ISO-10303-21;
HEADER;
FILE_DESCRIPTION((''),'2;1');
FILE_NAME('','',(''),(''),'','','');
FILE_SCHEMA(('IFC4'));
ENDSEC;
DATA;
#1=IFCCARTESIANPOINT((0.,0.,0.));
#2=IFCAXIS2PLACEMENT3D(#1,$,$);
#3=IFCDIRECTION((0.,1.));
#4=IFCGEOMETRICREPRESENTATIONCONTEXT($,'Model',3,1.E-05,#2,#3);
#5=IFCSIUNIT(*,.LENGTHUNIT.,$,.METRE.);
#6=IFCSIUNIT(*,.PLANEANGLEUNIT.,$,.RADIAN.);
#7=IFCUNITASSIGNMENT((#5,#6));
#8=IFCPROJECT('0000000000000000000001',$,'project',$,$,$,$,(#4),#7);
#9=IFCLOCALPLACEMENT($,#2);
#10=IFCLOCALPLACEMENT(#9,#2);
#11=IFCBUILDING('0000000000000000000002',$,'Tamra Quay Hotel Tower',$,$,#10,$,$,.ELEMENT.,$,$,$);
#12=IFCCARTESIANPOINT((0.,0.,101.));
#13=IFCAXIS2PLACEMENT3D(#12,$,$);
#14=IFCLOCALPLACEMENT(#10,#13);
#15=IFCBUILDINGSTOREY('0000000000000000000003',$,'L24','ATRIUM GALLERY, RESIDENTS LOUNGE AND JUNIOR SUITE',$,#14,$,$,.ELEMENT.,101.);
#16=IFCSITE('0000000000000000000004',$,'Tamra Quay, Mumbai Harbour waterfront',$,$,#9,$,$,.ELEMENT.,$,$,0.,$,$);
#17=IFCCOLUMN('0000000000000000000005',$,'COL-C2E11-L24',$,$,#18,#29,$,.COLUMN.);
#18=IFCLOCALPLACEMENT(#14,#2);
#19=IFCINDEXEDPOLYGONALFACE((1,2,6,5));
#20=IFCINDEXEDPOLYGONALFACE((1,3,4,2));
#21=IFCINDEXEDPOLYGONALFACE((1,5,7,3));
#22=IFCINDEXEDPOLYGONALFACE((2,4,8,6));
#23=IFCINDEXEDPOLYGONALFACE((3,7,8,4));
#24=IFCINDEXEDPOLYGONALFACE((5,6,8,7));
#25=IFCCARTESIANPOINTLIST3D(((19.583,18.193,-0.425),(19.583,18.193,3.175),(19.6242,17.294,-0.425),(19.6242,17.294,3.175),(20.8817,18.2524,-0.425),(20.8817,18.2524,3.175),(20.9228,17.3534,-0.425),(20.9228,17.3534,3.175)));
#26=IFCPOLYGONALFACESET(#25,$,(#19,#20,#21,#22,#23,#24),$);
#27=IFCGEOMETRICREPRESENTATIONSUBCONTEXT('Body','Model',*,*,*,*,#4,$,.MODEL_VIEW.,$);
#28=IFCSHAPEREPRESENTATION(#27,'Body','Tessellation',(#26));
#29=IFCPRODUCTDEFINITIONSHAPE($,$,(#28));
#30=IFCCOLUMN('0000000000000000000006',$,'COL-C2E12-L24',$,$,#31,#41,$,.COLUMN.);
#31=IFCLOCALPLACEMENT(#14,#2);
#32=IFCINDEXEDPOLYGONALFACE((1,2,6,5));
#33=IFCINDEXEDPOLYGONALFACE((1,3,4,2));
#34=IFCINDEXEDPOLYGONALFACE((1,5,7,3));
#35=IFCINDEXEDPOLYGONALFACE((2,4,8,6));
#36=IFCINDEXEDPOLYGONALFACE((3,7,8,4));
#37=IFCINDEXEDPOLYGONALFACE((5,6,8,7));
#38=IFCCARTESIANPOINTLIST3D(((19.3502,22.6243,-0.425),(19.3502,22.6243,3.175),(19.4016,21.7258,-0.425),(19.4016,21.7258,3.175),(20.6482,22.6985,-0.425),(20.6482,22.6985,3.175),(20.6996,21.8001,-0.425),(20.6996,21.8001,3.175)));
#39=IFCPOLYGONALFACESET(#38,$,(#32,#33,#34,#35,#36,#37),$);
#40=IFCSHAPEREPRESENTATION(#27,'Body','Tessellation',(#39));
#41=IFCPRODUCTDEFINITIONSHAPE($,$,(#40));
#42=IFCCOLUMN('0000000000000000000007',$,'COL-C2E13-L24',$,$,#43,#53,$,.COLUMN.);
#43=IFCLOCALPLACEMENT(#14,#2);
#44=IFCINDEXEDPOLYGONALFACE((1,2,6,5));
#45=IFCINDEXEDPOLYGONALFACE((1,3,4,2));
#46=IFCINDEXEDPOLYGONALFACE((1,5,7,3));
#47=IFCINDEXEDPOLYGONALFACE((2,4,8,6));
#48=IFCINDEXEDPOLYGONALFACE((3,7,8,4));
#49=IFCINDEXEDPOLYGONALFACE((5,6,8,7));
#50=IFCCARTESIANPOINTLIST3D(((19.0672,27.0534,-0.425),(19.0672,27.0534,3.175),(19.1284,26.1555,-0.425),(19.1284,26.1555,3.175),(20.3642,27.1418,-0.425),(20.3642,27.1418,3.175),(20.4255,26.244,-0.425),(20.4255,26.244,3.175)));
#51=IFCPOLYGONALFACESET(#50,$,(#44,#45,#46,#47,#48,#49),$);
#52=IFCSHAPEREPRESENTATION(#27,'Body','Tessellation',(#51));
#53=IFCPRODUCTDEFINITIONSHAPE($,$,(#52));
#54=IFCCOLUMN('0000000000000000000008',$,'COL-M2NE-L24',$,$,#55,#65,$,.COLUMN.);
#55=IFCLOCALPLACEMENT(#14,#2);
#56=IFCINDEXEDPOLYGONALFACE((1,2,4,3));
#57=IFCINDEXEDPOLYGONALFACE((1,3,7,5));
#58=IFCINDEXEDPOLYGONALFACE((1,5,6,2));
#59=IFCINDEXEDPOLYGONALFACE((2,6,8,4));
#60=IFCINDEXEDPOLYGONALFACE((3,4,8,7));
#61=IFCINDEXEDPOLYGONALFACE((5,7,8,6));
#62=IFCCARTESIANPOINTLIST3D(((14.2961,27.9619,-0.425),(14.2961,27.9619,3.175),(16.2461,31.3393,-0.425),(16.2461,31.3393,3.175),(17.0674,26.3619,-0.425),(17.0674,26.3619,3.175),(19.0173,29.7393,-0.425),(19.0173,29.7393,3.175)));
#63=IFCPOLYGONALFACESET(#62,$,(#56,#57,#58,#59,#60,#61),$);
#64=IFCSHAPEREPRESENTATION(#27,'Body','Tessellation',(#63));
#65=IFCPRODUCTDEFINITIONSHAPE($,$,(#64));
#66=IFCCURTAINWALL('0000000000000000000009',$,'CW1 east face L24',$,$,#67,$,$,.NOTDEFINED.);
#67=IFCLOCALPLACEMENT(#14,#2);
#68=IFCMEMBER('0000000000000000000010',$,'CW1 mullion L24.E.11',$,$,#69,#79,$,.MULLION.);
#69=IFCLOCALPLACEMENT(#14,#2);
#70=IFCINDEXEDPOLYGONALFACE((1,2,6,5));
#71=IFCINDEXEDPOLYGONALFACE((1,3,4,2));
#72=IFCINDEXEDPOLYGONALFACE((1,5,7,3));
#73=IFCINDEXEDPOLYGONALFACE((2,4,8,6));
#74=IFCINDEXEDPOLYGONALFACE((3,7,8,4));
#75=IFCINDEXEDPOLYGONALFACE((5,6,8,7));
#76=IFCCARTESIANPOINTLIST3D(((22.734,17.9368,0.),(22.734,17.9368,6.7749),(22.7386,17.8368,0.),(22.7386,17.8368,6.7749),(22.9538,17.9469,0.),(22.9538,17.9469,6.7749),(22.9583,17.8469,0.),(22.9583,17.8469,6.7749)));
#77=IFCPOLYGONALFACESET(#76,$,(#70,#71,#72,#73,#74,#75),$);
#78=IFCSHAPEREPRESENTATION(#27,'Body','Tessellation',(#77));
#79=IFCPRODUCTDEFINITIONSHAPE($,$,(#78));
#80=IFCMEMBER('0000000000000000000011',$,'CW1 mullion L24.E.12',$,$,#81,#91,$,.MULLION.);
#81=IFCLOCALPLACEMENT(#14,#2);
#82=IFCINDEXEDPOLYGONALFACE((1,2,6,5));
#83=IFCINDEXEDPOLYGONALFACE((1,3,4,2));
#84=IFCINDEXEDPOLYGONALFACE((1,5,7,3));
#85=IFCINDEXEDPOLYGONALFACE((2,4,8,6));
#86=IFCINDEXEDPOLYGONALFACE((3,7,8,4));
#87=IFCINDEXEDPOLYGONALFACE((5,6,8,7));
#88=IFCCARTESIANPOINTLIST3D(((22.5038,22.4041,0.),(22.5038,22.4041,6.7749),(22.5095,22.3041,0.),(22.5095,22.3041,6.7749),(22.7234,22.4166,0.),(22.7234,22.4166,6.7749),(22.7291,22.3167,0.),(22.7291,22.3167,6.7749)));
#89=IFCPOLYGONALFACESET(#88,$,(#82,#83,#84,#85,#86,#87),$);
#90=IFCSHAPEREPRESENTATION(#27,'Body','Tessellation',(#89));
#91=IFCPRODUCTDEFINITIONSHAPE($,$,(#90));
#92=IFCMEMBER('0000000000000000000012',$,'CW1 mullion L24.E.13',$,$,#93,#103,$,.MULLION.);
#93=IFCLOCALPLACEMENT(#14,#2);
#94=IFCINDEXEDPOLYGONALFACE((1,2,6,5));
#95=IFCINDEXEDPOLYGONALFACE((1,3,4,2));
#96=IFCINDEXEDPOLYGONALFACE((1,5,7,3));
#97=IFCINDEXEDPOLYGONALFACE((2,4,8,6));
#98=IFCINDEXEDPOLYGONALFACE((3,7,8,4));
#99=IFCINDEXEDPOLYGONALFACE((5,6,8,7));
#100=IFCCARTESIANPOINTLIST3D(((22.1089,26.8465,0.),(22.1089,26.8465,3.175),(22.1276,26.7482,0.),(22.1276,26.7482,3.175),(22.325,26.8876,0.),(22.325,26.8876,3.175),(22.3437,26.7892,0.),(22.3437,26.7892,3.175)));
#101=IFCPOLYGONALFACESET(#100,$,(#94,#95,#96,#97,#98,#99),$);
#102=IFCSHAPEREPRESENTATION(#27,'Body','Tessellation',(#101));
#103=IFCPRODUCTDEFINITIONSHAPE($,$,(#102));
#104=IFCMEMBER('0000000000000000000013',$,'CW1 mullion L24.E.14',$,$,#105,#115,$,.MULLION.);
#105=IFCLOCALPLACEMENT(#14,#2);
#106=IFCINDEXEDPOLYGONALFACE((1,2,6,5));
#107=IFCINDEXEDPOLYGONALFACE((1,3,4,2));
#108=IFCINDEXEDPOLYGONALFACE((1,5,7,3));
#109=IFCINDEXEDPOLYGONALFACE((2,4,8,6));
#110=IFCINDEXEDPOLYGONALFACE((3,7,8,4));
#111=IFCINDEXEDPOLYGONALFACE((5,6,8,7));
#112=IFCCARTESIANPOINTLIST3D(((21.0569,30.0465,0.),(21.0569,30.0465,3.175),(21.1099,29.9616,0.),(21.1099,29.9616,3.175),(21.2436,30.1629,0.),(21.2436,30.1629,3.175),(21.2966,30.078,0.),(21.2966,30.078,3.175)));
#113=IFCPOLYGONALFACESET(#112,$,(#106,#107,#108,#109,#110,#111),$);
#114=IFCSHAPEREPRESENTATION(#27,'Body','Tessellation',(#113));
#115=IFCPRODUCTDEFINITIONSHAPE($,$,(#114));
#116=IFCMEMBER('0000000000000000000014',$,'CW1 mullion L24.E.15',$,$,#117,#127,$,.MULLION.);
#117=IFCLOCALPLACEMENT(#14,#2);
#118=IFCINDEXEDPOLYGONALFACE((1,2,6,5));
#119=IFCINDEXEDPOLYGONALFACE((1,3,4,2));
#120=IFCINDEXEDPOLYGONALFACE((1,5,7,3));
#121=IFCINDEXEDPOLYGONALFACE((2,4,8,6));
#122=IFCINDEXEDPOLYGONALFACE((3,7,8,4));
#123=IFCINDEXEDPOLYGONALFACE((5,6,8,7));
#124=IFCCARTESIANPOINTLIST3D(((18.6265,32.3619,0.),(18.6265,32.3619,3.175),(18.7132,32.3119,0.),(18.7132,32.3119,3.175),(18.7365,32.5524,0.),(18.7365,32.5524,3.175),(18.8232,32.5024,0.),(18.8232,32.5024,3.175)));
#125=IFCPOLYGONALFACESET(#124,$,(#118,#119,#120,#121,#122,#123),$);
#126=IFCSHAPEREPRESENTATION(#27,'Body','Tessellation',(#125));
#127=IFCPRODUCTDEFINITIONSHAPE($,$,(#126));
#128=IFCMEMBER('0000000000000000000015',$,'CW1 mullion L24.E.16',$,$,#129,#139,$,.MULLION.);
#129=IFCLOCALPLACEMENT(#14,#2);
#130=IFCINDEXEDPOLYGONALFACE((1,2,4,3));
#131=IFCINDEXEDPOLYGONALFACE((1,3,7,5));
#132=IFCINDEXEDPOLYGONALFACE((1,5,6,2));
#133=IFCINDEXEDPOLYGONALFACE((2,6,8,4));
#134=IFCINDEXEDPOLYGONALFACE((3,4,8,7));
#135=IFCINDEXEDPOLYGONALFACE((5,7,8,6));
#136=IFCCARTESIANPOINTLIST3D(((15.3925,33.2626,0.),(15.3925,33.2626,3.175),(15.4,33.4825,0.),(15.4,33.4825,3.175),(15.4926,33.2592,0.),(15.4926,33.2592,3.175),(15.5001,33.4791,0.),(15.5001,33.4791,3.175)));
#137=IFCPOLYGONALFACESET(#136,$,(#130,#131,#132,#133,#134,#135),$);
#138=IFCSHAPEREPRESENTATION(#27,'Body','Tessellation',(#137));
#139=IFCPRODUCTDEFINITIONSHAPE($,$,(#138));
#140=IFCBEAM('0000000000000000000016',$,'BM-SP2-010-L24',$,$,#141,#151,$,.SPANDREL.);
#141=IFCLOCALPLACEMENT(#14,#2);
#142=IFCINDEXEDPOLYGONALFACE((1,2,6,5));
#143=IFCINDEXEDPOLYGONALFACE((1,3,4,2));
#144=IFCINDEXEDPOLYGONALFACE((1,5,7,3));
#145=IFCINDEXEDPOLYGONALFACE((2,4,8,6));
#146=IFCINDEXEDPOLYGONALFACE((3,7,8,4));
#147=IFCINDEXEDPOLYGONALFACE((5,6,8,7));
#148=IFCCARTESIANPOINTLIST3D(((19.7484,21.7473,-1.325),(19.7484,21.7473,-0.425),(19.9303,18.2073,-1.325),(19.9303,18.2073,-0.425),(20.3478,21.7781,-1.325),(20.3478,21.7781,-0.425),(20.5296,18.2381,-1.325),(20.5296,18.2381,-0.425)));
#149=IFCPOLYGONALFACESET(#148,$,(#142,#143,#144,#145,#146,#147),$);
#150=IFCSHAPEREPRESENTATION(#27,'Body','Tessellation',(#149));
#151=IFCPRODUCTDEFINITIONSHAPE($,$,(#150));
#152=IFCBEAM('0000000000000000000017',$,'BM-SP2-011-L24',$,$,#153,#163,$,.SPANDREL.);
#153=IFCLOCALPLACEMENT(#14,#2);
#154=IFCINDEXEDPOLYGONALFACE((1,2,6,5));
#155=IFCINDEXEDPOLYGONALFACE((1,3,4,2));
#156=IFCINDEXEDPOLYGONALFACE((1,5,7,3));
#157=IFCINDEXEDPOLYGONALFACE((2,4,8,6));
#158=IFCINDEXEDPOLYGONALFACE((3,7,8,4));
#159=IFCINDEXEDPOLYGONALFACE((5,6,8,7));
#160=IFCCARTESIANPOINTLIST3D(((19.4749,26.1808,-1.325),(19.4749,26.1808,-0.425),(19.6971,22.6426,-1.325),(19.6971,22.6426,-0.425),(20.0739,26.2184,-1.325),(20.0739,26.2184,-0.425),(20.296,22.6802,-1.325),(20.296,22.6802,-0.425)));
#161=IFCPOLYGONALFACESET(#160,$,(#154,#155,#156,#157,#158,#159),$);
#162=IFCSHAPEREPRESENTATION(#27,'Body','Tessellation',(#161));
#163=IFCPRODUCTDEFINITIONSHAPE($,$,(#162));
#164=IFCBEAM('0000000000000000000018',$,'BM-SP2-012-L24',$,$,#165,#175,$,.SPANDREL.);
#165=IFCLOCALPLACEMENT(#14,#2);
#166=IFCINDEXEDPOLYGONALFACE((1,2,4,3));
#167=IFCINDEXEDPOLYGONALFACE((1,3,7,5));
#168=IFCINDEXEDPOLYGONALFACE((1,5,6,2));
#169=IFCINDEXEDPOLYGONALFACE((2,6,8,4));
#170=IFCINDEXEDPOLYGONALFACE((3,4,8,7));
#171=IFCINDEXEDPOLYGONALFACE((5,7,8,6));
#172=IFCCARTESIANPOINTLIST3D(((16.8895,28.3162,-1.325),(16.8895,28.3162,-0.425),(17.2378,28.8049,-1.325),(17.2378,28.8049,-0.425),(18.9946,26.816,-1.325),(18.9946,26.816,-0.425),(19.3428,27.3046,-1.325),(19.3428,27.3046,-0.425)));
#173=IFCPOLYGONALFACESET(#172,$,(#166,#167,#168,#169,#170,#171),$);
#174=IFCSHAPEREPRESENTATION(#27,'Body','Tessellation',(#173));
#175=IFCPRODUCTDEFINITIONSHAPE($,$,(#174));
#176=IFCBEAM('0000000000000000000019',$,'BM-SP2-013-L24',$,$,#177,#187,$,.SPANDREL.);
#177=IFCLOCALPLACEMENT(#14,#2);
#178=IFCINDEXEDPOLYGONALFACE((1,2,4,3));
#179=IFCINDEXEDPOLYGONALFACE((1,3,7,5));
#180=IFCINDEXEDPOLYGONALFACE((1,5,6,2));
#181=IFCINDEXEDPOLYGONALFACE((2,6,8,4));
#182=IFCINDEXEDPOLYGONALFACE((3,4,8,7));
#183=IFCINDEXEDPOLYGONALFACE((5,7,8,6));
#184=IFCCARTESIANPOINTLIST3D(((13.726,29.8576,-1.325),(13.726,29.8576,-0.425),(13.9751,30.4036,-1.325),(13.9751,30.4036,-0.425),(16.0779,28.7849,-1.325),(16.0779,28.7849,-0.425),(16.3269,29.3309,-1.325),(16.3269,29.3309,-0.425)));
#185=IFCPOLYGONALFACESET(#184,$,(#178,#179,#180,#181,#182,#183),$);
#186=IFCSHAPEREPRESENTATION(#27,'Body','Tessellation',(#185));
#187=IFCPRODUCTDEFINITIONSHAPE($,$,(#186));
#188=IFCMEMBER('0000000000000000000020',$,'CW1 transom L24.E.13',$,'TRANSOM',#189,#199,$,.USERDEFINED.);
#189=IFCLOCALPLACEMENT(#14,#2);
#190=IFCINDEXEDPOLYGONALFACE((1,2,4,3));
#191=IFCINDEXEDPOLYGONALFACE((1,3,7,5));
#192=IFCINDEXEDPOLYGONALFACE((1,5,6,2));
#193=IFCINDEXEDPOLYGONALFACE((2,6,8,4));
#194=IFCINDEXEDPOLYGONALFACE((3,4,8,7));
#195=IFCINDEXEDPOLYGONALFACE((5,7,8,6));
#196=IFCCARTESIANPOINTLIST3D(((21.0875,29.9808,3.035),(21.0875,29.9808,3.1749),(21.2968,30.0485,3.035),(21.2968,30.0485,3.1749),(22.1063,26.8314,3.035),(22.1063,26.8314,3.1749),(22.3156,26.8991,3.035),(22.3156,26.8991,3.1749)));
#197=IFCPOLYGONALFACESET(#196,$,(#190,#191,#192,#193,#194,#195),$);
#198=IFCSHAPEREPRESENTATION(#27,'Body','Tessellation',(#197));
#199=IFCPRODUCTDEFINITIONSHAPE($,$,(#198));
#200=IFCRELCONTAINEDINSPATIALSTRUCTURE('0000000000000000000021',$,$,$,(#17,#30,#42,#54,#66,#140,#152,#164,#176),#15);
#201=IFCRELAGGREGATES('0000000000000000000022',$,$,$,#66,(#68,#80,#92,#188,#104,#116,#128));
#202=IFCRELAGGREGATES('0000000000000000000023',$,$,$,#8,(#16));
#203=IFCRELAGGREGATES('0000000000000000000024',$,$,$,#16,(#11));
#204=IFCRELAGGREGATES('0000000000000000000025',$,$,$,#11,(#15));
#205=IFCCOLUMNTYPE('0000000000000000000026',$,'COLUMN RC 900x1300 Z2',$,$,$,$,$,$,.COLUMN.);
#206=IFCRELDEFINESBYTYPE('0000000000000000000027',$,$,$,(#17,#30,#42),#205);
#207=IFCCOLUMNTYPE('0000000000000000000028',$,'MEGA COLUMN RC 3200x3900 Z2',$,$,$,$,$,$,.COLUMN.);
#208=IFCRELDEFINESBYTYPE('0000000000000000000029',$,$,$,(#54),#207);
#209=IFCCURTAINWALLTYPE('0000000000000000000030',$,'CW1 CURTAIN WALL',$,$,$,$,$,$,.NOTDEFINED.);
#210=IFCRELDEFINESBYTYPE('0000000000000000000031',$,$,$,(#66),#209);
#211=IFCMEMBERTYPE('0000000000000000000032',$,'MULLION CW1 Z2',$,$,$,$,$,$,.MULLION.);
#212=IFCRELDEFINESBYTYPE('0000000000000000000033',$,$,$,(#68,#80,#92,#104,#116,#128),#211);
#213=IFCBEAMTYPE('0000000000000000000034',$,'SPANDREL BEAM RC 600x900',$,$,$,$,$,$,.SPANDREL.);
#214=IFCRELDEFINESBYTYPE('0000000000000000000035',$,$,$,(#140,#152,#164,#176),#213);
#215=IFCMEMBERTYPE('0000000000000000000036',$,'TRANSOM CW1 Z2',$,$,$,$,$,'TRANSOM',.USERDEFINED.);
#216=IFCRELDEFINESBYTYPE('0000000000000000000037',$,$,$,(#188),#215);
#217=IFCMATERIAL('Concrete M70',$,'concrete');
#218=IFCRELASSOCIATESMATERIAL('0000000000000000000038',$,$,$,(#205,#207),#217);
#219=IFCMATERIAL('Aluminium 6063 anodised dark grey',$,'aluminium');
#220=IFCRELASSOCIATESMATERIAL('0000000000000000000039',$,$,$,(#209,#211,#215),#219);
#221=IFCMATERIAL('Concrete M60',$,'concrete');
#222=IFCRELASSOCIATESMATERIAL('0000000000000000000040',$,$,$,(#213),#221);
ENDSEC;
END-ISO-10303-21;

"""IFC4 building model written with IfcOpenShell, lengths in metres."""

from ifc_helpers import new_model, si_unit, direction, frame, origin, origin_2d, place, context, subcontext, project, spatial, rectangle, extrude, material, material_profile, profile_set, type_object, element, aggregate, save


model = new_model("IFC4")

# Units and contexts
model_context = context("Model", 3, precision=1e-05, world=origin(), true_north=direction((0.0, 1.0)))
body_context = subcontext(model_context, "Body", "Model", "MODEL_VIEW")
ifc_project = project(units=[si_unit("LENGTHUNIT", "METRE"), si_unit("PLANEANGLEUNIT", "RADIAN")], contexts=[model_context])

# Site, building, storey
site_placement = place(None, origin())
site = spatial("IfcSite", under=ifc_project, at=site_placement, Name="Tamra Quay, Mumbai Harbour waterfront", CompositionType="ELEMENT", RefElevation=0.0)
building_placement = place(site_placement, origin())
building = spatial("IfcBuilding", under=site, at=building_placement, Name="Tamra Quay Hotel Tower", CompositionType="ELEMENT")
storey_placement = place(building_placement, frame((0.0, 0.0, 101.0)))
storey = spatial("IfcBuildingStorey", under=building, at=storey_placement, Name="L24", Description="ATRIUM GALLERY, RESIDENTS LOUNGE AND JUNIOR SUITE", CompositionType="ELEMENT", Elevation=101.0)

# Columns
ifc_material_1 = material(Name="Concrete M70", Category="concrete")
ifc_material_profile_1 = material_profile(ifc_material_1, rectangle(XDim=1.3, YDim=0.8999, at=origin_2d()), Name="COLUMN RC 900x1300 Z2")
ifc_profile_set_1 = profile_set([ifc_material_profile_1], Name="Concrete M70")
column_type_1 = type_object("IfcColumnType", Name="COLUMN RC 900x1300 Z2", PredefinedType="COLUMN", material=ifc_profile_set_1)
for number, where, z_axis, x_axis, name in (
    (1, (20.2529, 17.7732, -0.425), (0.0, 0.0, 1.0), (0.998955, 0.045712, 0.0), "COL-C2E11-L24"),
    (2, (20.0249, 22.2122, -0.425), (0.0, 0.0, 1.0), (0.998368, 0.057108, 0.0), "COL-C2E12-L24"),
    (3, (19.7463, 26.6487, -0.425), (0.0, 0.0, 1.0), (0.997682, 0.068041, 0.0), "COL-C2E13-L24"),
):
    element("IfcColumn", number, at=place(storey_placement, frame(where, z_axis=z_axis, x_axis=x_axis)), inside=storey, type_object=column_type_1, Name=name, PredefinedType="COLUMN", context=body_context, shape_type="SweptSolid", body=[
        extrude(rectangle(XDim=1.3, YDim=0.8999, at=origin_2d()), origin(), (0.0, 0.0, 1.0), 3.6001),
    ])
ifc_material_profile_2 = material_profile(ifc_material_1, rectangle(XDim=3.8999, YDim=3.2, at=origin_2d()), Name="MEGA COLUMN RC 3200x3900 Z2")
ifc_profile_set_2 = profile_set([ifc_material_profile_2], Name="Concrete M70")
column_type_2 = type_object("IfcColumnType", Name="MEGA COLUMN RC 3200x3900 Z2", PredefinedType="COLUMN", material=ifc_profile_set_2)
column_placement = place(storey_placement, frame((16.6567, 28.8506, -0.425), z_axis=(0.0, 0.0, 1.0), x_axis=(0.5, 0.866025, 0.0)))
element("IfcColumn", 4, at=column_placement, inside=storey, type_object=column_type_2, Name="COL-M2NE-L24", PredefinedType="COLUMN", context=body_context, shape_type="SweptSolid", body=[
    extrude(rectangle(XDim=3.8999, YDim=3.2, at=origin_2d()), origin(), (0.0, 0.0, 1.0), 3.6001),
])

# Curtain wall, members
ifc_material_2 = material(Name="Aluminium 6063 anodised dark grey", Category="aluminium")
curtain_wall_type = type_object("IfcCurtainWallType", Name="CW1 CURTAIN WALL", PredefinedType="NOTDEFINED", material=ifc_material_2)
curtain_wall_placement = place(storey_placement, origin())
curtain_wall = element("IfcCurtainWall", 5, at=curtain_wall_placement, inside=storey, type_object=curtain_wall_type, Name="CW1 east face L24", PredefinedType="NOTDEFINED")
ifc_material_profile_3 = material_profile(ifc_material_2, rectangle(XDim=0.22, YDim=0.1001, at=origin_2d()), Name="MULLION 100X220")
ifc_profile_set_3 = profile_set([ifc_material_profile_3], Name="Aluminium 6063 anodised dark grey")
member_type_1 = type_object("IfcMemberType", Name="MULLION CW1 Z2", PredefinedType="MULLION", material=ifc_profile_set_3)
member_1_placement = place(storey_placement, frame((22.8462, 17.8918, 0.0), z_axis=(0.0, 0.0, 1.0), x_axis=(0.998958, 0.045633, 0.0)))
member_1 = element("IfcMember", 6, at=member_1_placement, type_object=member_type_1, Name="CW1 mullion L24.E.11", PredefinedType="MULLION", context=body_context, shape_type="SweptSolid", body=[
    extrude(rectangle(XDim=0.22, YDim=0.1001, at=origin_2d()), origin(), (0.0, 0.0, 1.0), 6.7749),
])
member_2_placement = place(storey_placement, frame((22.6165, 22.3604, 0.0), z_axis=(0.0, 0.0, 1.0), x_axis=(0.998374, 0.056996, 0.0)))
member_2 = element("IfcMember", 7, at=member_2_placement, type_object=member_type_1, Name="CW1 mullion L24.E.12", PredefinedType="MULLION", context=body_context, shape_type="SweptSolid", body=[
    extrude(rectangle(XDim=0.22, YDim=0.1001, at=origin_2d()), origin(), (0.0, 0.0, 1.0), 6.7749),
])
member_3_placement = place(storey_placement, frame((22.2263, 26.8179, 0.0), z_axis=(0.0, 0.0, 1.0), x_axis=(0.982419, 0.186689, 0.0)))
member_3 = element("IfcMember", 8, at=member_3_placement, type_object=member_type_1, Name="CW1 mullion L24.E.13", PredefinedType="MULLION", context=body_context, shape_type="SweptSolid", body=[
    extrude(rectangle(XDim=0.22, YDim=0.1001, at=origin_2d()), origin(), (0.0, 0.0, 1.0), 3.175),
])
member_4_placement = place(storey_placement, frame((21.1768, 30.0623, 0.0), z_axis=(0.0, 0.0, 1.0), x_axis=(0.848503, 0.52919, 0.0)))
member_4 = element("IfcMember", 9, at=member_4_placement, type_object=member_type_1, Name="CW1 mullion L24.E.14", PredefinedType="MULLION", context=body_context, shape_type="SweptSolid", body=[
    extrude(rectangle(XDim=0.22, YDim=0.1001, at=origin_2d()), origin(), (0.0, 0.0, 1.0), 3.175),
])
member_5_placement = place(storey_placement, frame((18.7249, 32.4321, 0.0), z_axis=(0.0, 0.0, 1.0), x_axis=(0.5, 0.866025, 0.0)))
member_5 = element("IfcMember", 10, at=member_5_placement, type_object=member_type_1, Name="CW1 mullion L24.E.15", PredefinedType="MULLION", context=body_context, shape_type="SweptSolid", body=[
    extrude(rectangle(XDim=0.22, YDim=0.1001, at=origin_2d()), origin(), (0.0, 0.0, 1.0), 3.175),
])
member_6_placement = place(storey_placement, frame((15.4463, 33.3708, 0.0), z_axis=(0.0, 0.0, 1.0), x_axis=(0.034041, 0.99942, 0.0)))
member_6 = element("IfcMember", 11, at=member_6_placement, type_object=member_type_1, Name="CW1 mullion L24.E.16", PredefinedType="MULLION", context=body_context, shape_type="SweptSolid", body=[
    extrude(rectangle(XDim=0.22, YDim=0.1001, at=origin_2d()), origin(), (0.0, 0.0, 1.0), 3.175),
])

# Beams
ifc_material_3 = material(Name="Concrete M60", Category="concrete")
ifc_material_profile_4 = material_profile(ifc_material_3, rectangle(XDim=0.6001, YDim=0.8999, at=origin_2d()), Name="SPANDREL BEAM RC 600x900")
ifc_profile_set_4 = profile_set([ifc_material_profile_4], Name="Concrete M60")
beam_type = type_object("IfcBeamType", Name="SPANDREL BEAM RC 600x900", PredefinedType="SPANDREL", material=ifc_profile_set_4)
beam_1_placement = place(storey_placement, frame((20.23, 18.2227, -0.875), z_axis=(-0.051312, 0.998683, 0.0), x_axis=(-0.998683, -0.051312, 0.0)))
element("IfcBeam", 12, at=beam_1_placement, inside=storey, type_object=beam_type, Name="BM-SP2-010-L24", PredefinedType="SPANDREL", context=body_context, shape_type="SweptSolid", body=[
    extrude(rectangle(XDim=0.6001, YDim=0.8999, at=origin_2d()), origin(), (0.0, 0.0, 1.0), 3.5447),
])
beam_2_placement = place(storey_placement, frame((19.9966, 22.6614, -0.875), z_axis=(-0.06267, 0.998034, 0.0), x_axis=(-0.998034, -0.06267, 0.0)))
element("IfcBeam", 13, at=beam_2_placement, inside=storey, type_object=beam_type, Name="BM-SP2-011-L24", PredefinedType="SPANDREL", context=body_context, shape_type="SweptSolid", body=[
    extrude(rectangle(XDim=0.6001, YDim=0.8999, at=origin_2d()), origin(), (0.0, 0.0, 1.0), 3.5452),
])
for number, where, z_axis, x_axis, name in (
    (14, (19.1687, 27.0603, -0.875), (-0.814339, 0.580389, 0.0), (-0.580389, -0.814339, 0.0), "BM-SP2-012-L24"),
    (15, (16.2024, 29.0579, -0.875), (-0.909819, 0.415005, 0.0), (-0.415005, -0.909819, 0.0), "BM-SP2-013-L24"),
):
    element("IfcBeam", number, at=place(storey_placement, frame(where, z_axis=z_axis, x_axis=x_axis)), inside=storey, type_object=beam_type, Name=name, PredefinedType="SPANDREL", context=body_context, shape_type="SweptSolid", body=[
        extrude(rectangle(XDim=0.6001, YDim=0.8999, at=origin_2d()), origin(), (0.0, 0.0, 1.0), 2.585),
    ])

# Member
ifc_material_profile_5 = material_profile(ifc_material_2, rectangle(XDim=0.22, YDim=0.1399, at=origin_2d()), Name="TRANSOM 220X140")
ifc_profile_set_5 = profile_set([ifc_material_profile_5], Name="Aluminium 6063 anodised dark grey")
member_type_2 = type_object("IfcMemberType", Name="TRANSOM CW1 Z2", ElementType="TRANSOM", PredefinedType="USERDEFINED", material=ifc_profile_set_5)
member_7_placement = place(storey_placement, frame((22.2109, 26.8652, 3.105), z_axis=(-0.307785, 0.951456, 0.0), x_axis=(-0.951456, -0.307785, 0.0)))
member_7 = element("IfcMember", 16, at=member_7_placement, type_object=member_type_2, Name="CW1 transom L24.E.13", ObjectType="TRANSOM", PredefinedType="USERDEFINED", context=body_context, shape_type="SweptSolid", body=[
    extrude(rectangle(XDim=0.22, YDim=0.1399, at=origin_2d()), origin(), (0.0, 0.0, 1.0), 3.3101),
])

aggregate(curtain_wall, [member_1, member_2, member_3, member_7, member_4, member_5, member_6])

save(model, "model.ifc")
